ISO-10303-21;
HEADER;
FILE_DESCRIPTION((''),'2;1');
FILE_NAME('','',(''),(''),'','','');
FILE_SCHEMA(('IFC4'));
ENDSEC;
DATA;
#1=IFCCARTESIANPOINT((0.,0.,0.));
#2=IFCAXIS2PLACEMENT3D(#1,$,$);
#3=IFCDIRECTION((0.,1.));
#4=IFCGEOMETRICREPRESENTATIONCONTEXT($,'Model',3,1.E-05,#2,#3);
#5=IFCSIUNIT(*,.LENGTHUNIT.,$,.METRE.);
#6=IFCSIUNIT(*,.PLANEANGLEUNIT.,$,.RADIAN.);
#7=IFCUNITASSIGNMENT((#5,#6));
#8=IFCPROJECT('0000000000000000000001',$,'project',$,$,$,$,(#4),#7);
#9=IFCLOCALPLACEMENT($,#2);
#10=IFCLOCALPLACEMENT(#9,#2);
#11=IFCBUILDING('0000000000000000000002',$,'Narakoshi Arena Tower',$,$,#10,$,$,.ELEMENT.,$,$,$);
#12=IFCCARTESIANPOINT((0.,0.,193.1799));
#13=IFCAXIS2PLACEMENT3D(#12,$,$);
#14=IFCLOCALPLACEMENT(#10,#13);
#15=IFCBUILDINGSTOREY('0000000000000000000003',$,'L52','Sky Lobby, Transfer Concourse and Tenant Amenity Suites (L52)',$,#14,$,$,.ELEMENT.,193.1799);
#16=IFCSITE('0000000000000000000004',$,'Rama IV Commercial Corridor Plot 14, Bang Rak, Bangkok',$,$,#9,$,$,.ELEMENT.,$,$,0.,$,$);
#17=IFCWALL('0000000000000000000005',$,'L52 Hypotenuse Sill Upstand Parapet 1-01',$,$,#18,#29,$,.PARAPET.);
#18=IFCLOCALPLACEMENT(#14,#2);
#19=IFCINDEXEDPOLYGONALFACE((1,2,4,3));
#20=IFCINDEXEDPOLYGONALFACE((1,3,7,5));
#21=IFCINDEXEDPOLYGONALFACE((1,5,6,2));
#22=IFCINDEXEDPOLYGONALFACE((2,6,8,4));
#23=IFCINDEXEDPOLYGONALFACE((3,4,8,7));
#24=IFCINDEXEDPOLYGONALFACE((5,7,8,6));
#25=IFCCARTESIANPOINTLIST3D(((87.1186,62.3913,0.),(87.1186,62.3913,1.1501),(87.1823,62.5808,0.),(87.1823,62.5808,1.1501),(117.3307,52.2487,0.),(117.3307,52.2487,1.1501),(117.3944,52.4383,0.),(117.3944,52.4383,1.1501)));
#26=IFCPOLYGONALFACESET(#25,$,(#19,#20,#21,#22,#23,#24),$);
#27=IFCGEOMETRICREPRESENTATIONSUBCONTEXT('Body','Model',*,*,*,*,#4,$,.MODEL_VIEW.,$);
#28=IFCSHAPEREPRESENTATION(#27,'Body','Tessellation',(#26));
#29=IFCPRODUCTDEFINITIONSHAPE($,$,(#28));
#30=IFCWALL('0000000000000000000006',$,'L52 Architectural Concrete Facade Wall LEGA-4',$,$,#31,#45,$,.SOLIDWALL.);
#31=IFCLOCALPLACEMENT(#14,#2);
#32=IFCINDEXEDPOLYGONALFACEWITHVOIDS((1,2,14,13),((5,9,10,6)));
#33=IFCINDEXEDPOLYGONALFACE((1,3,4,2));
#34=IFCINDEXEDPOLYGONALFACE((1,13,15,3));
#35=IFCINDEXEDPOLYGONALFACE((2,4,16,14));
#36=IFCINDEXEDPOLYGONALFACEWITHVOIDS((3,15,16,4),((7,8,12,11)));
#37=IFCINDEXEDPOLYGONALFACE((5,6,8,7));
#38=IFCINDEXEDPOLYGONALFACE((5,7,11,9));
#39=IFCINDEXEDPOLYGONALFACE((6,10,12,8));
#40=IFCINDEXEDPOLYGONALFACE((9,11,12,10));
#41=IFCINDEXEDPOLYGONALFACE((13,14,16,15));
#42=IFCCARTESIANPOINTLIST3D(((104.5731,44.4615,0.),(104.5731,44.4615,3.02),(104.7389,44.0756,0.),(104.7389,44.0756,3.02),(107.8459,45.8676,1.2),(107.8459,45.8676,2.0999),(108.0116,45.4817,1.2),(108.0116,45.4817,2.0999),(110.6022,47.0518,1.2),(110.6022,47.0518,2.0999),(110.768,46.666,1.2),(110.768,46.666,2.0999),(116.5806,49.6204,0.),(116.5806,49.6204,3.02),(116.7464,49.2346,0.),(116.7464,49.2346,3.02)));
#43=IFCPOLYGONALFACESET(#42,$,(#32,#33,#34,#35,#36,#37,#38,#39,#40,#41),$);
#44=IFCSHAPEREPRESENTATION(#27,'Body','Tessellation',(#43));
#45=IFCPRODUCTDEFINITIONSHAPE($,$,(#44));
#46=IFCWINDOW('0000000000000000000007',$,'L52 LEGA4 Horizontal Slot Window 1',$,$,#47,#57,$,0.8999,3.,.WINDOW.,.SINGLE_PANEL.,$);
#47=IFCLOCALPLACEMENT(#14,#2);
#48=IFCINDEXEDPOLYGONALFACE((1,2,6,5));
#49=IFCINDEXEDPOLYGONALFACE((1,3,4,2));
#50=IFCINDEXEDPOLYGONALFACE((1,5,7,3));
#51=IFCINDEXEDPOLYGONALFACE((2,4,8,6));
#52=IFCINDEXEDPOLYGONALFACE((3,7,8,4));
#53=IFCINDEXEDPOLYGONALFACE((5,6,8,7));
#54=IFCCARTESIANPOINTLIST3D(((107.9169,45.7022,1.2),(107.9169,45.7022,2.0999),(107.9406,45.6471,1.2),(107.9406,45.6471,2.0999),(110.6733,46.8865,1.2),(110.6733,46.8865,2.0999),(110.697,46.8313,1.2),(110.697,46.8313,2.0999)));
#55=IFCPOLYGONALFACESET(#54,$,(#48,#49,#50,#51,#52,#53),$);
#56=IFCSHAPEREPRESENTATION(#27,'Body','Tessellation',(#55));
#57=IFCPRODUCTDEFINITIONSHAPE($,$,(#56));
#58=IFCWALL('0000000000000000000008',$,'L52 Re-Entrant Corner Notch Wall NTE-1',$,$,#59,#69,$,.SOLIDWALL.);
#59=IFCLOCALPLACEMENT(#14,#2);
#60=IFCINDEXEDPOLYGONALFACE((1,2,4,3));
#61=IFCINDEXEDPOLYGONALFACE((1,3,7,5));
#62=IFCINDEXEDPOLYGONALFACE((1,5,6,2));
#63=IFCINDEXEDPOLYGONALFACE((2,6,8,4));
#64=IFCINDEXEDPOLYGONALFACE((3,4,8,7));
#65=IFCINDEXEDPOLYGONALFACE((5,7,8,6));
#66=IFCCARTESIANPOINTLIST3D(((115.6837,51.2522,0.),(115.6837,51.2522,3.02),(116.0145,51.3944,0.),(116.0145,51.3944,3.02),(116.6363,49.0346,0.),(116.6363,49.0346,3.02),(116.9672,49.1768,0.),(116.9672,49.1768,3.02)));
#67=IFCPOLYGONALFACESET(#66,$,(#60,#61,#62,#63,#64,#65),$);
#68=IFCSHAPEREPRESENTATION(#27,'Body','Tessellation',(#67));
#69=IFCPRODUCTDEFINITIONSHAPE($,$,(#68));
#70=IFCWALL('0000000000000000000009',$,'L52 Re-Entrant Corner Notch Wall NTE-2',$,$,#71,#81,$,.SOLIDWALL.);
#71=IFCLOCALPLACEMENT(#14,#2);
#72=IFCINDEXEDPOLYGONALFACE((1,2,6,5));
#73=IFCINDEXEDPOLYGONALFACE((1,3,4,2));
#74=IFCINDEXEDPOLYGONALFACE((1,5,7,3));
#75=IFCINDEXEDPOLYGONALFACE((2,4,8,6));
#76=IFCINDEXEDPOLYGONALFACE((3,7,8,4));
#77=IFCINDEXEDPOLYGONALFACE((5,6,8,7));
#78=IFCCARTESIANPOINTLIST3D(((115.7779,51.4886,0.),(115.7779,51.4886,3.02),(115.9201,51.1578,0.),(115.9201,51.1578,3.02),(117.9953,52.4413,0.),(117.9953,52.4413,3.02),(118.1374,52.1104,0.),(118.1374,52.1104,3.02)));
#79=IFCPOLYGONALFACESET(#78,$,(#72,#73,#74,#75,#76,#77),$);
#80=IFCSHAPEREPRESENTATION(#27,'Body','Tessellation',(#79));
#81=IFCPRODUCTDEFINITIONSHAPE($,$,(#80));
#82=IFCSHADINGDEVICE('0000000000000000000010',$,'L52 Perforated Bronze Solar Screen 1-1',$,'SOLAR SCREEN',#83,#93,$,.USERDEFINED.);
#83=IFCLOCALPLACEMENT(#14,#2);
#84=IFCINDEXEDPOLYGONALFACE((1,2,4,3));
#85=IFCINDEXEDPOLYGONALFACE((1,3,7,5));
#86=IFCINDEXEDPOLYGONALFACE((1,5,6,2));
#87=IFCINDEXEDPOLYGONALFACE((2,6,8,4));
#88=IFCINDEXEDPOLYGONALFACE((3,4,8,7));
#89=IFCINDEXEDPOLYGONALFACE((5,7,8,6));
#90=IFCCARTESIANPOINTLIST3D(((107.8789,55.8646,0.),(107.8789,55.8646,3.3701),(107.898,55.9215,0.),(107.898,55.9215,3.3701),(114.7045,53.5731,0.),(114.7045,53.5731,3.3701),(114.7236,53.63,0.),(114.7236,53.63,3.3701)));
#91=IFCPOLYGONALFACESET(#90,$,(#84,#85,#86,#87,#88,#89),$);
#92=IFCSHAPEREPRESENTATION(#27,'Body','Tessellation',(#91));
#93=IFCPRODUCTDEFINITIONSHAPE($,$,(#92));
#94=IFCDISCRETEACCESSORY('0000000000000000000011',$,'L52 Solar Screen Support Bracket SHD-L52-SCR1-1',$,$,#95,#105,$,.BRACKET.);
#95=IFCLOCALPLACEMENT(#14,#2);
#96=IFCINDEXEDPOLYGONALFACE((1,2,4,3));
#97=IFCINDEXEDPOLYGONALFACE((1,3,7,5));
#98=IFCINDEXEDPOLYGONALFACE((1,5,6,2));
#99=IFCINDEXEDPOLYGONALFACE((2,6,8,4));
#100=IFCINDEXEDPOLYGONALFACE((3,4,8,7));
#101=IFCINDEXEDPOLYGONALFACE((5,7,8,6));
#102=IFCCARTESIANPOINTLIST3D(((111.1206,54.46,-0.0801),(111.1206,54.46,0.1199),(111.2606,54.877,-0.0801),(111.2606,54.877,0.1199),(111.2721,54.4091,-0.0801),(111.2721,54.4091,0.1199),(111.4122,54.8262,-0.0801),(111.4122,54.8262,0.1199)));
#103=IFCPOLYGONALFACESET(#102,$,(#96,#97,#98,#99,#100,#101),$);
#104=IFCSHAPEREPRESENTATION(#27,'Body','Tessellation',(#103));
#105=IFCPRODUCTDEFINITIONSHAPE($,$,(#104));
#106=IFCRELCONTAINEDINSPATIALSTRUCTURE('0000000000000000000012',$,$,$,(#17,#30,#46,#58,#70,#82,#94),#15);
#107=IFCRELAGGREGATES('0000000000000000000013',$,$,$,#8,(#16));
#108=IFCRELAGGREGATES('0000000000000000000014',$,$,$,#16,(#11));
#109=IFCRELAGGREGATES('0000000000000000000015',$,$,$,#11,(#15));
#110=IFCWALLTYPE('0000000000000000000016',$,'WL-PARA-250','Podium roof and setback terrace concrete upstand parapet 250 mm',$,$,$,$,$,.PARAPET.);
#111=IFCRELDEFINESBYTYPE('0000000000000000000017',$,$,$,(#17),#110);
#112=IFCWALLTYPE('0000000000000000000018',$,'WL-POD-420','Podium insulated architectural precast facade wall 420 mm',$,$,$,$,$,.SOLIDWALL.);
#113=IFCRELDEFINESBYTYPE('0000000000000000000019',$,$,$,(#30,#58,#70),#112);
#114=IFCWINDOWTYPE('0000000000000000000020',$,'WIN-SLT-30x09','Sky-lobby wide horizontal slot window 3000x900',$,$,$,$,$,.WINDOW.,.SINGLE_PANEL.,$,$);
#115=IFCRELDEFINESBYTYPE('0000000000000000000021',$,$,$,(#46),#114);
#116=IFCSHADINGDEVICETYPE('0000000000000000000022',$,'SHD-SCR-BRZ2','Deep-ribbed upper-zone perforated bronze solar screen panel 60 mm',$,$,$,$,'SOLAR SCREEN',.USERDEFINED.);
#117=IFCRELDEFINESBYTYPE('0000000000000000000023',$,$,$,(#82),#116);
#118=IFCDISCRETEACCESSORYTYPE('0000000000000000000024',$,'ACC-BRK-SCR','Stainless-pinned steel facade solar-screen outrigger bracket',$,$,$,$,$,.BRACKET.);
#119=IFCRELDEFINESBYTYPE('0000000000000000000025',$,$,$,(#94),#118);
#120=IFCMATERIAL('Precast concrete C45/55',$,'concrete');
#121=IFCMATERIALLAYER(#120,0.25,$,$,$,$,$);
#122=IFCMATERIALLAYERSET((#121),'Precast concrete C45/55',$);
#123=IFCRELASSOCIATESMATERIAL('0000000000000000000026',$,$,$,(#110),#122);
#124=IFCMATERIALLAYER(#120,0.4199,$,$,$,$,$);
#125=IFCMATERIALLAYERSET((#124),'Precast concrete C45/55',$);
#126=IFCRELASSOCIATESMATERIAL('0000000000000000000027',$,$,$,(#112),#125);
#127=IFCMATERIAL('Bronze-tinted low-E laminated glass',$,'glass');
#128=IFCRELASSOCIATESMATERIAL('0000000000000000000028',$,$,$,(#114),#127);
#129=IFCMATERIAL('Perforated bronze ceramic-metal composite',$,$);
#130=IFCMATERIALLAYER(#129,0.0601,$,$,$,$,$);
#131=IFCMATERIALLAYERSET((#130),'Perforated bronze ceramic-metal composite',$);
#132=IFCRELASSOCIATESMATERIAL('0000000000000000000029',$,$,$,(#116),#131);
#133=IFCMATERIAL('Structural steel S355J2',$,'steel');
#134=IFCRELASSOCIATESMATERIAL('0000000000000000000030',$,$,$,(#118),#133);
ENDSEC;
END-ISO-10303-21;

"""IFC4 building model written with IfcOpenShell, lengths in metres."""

from ifc_helpers import new_model, si_unit, direction, frame, frame_2d, origin, origin_2d, place, context, subcontext, project, spatial, rectangle, extrude, material, layer, layer_set, type_object, element, fill, save


model = new_model("IFC4")

# Units and contexts
model_context = context("Model", 3, precision=1e-05, world=origin(), true_north=direction((0.0, 1.0)))
body_context = subcontext(model_context, "Body", "Model", "MODEL_VIEW")
ifc_project = project(units=[si_unit("LENGTHUNIT", "METRE"), si_unit("PLANEANGLEUNIT", "RADIAN")], contexts=[model_context])

# Site, building, storey
site_placement = place(None, origin())
site = spatial("IfcSite", under=ifc_project, at=site_placement, Name="Rama IV Commercial Corridor Plot 14, Bang Rak, Bangkok", CompositionType="ELEMENT", RefElevation=0.0)
building_placement = place(site_placement, origin())
building = spatial("IfcBuilding", under=site, at=building_placement, Name="Narakoshi Arena Tower", CompositionType="ELEMENT")
storey_placement = place(building_placement, frame((0.0, 0.0, 193.1799)))
storey = spatial("IfcBuildingStorey", under=building, at=storey_placement, Name="L52", Description="Sky Lobby, Transfer Concourse and Tenant Amenity Suites (L52)", CompositionType="ELEMENT", Elevation=193.1799)

# Shared definitions
ifc_material_1 = material(Name="Bronze-tinted low-E laminated glass", Category="glass")

# Wall
ifc_material_2 = material(Name="Precast concrete C45/55", Category="concrete")
ifc_layer_1 = layer(ifc_material_2, 0.25)
ifc_layer_set_1 = layer_set([ifc_layer_1], Name="Precast concrete C45/55")
wall_type_1 = type_object("IfcWallType", Name="WL-PARA-250", Description="Podium roof and setback terrace concrete upstand parapet 250 mm", PredefinedType="PARAPET", material=ifc_layer_set_1)
wall_1_placement = place(storey_placement, frame((117.3625, 52.3435, 0.0), z_axis=(0.0, 0.0, 1.0), x_axis=(-0.948005, 0.318256, 0.0)))
element("IfcWall", 1, at=wall_1_placement, inside=storey, type_object=wall_type_1, Name="L52 Hypotenuse Sill Upstand Parapet 1-01", PredefinedType="PARAPET", context=body_context, shape_type="SweptSolid", body=[
    extrude(rectangle(XDim=31.8691, YDim=0.2, at=frame_2d((15.9346, 0.0))), origin(), (0.0, 0.0, 1.0), 1.1501),
])

# Wall, opening, window
ifc_layer_2 = layer(ifc_material_2, 0.4199)
ifc_layer_set_2 = layer_set([ifc_layer_2], Name="Precast concrete C45/55")
wall_type_2 = type_object("IfcWallType", Name="WL-POD-420", Description="Podium insulated architectural precast facade wall 420 mm", PredefinedType="SOLIDWALL", material=ifc_layer_set_2)
wall_2_placement = place(storey_placement, frame((104.656, 44.2686, 0.0), z_axis=(0.0, 0.0, 1.0), x_axis=(0.918789, 0.394749, 0.0)))
wall_2 = element("IfcWall", 2, at=wall_2_placement, inside=storey, type_object=wall_type_2, Name="L52 Architectural Concrete Facade Wall LEGA-4", PredefinedType="SOLIDWALL", context=body_context, shape_type="SweptSolid", body=[
    extrude(rectangle(XDim=13.0688, YDim=0.4199, at=frame_2d((6.5344, 0.0))), origin(), (0.0, 0.0, 1.0), 3.02),
])
opening_placement = place(wall_2_placement, frame((3.562, 0.0, 1.2)))
opening = element("IfcOpeningElement", 3, at=opening_placement, cuts=wall_2, PredefinedType="OPENING", context=body_context, shape_type="SweptSolid", body=[
    extrude(rectangle(XDim=3.0, YDim=0.8999, at=frame_2d((1.5, 0.45))), frame((0.0, 0.22, 0.0), z_axis=(0.0, -1.0, 0.0), x_axis=(1.0, 0.0, 0.0)), (0.0, 0.0, 1.0), 0.4399),
])
window_type = type_object("IfcWindowType", Name="WIN-SLT-30x09", Description="Sky-lobby wide horizontal slot window 3000x900", PartitioningType="SINGLE_PANEL", PredefinedType="WINDOW", material=ifc_material_1)
window_placement = place(opening_placement, origin())
window = element("IfcWindow", 4, at=window_placement, inside=storey, type_object=window_type, Name="L52 LEGA4 Horizontal Slot Window 1", OverallHeight=0.8999, OverallWidth=3.0, PartitioningType="SINGLE_PANEL", PredefinedType="WINDOW", context=body_context, shape_type="SweptSolid", body=[
    extrude(rectangle(XDim=3.0, YDim=0.8999, at=frame_2d((1.5, 0.45))), frame((0.0, 0.03, 0.0), z_axis=(0.0, -1.0, 0.0), x_axis=(1.0, 0.0, 0.0)), (0.0, 0.0, 1.0), 0.0601),
])
fill(opening, window)

# Walls
wall_3_placement = place(storey_placement, frame((116.8018, 49.1057, 0.0), z_axis=(0.0, 0.0, 1.0), x_axis=(-0.394713, 0.918805, 0.0)))
element("IfcWall", 5, at=wall_3_placement, inside=storey, type_object=wall_type_2, Name="L52 Re-Entrant Corner Notch Wall NTE-1", PredefinedType="SOLIDWALL", context=body_context, shape_type="SweptSolid", body=[
    extrude(rectangle(XDim=2.4136, YDim=0.3601, at=frame_2d((1.2068, 0.0))), origin(), (0.0, 0.0, 1.0), 3.02),
])
wall_4_placement = place(storey_placement, frame((115.8491, 51.3232, 0.0), z_axis=(0.0, 0.0, 1.0), x_axis=(0.918789, 0.394749, 0.0)))
element("IfcWall", 6, at=wall_4_placement, inside=storey, type_object=wall_type_2, Name="L52 Re-Entrant Corner Notch Wall NTE-2", PredefinedType="SOLIDWALL", context=body_context, shape_type="SweptSolid", body=[
    extrude(rectangle(XDim=2.4133, YDim=0.3601, at=frame_2d((1.2065, 0.0))), origin(), (0.0, 0.0, 1.0), 3.02),
])

# Shading device
ifc_material_3 = material(Name="Perforated bronze ceramic-metal composite")
ifc_layer_3 = layer(ifc_material_3, 0.0601)
ifc_layer_set_3 = layer_set([ifc_layer_3], Name="Perforated bronze ceramic-metal composite")
shading_device_type = type_object("IfcShadingDeviceType", Name="SHD-SCR-BRZ2", Description="Deep-ribbed upper-zone perforated bronze solar screen panel 60 mm", ElementType="SOLAR SCREEN", PredefinedType="USERDEFINED", material=ifc_layer_set_3)
shading_device_placement = place(storey_placement, frame((111.3013, 54.7473, 0.0), z_axis=(0.0, 0.0, 1.0), x_axis=(-0.948002, 0.318264, 0.0)))
element("IfcShadingDevice", 7, at=shading_device_placement, inside=storey, type_object=shading_device_type, Name="L52 Perforated Bronze Solar Screen 1-1", ObjectType="SOLAR SCREEN", PredefinedType="USERDEFINED", context=body_context, shape_type="SweptSolid", body=[
    extrude(rectangle(XDim=7.2, YDim=0.0601, at=origin_2d()), origin(), (0.0, 0.0, 1.0), 3.3701),
])

# Discrete accessory
ifc_material_4 = material(Name="Structural steel S355J2", Category="steel")
discrete_accessory_type = type_object("IfcDiscreteAccessoryType", Name="ACC-BRK-SCR", Description="Stainless-pinned steel facade solar-screen outrigger bracket", PredefinedType="BRACKET", material=ifc_material_4)
discrete_accessory_placement = place(storey_placement, frame((111.2664, 54.6431, -0.0801), z_axis=(0.0, 0.0, 1.0), x_axis=(-0.948002, 0.318264, 0.0)))
element("IfcDiscreteAccessory", 8, at=discrete_accessory_placement, inside=storey, type_object=discrete_accessory_type, Name="L52 Solar Screen Support Bracket SHD-L52-SCR1-1", PredefinedType="BRACKET", context=body_context, shape_type="SweptSolid", body=[
    extrude(rectangle(XDim=0.1599, YDim=0.4399, at=origin_2d()), origin(), (0.0, 0.0, 1.0), 0.2),
])

save(model, "model.ifc")
